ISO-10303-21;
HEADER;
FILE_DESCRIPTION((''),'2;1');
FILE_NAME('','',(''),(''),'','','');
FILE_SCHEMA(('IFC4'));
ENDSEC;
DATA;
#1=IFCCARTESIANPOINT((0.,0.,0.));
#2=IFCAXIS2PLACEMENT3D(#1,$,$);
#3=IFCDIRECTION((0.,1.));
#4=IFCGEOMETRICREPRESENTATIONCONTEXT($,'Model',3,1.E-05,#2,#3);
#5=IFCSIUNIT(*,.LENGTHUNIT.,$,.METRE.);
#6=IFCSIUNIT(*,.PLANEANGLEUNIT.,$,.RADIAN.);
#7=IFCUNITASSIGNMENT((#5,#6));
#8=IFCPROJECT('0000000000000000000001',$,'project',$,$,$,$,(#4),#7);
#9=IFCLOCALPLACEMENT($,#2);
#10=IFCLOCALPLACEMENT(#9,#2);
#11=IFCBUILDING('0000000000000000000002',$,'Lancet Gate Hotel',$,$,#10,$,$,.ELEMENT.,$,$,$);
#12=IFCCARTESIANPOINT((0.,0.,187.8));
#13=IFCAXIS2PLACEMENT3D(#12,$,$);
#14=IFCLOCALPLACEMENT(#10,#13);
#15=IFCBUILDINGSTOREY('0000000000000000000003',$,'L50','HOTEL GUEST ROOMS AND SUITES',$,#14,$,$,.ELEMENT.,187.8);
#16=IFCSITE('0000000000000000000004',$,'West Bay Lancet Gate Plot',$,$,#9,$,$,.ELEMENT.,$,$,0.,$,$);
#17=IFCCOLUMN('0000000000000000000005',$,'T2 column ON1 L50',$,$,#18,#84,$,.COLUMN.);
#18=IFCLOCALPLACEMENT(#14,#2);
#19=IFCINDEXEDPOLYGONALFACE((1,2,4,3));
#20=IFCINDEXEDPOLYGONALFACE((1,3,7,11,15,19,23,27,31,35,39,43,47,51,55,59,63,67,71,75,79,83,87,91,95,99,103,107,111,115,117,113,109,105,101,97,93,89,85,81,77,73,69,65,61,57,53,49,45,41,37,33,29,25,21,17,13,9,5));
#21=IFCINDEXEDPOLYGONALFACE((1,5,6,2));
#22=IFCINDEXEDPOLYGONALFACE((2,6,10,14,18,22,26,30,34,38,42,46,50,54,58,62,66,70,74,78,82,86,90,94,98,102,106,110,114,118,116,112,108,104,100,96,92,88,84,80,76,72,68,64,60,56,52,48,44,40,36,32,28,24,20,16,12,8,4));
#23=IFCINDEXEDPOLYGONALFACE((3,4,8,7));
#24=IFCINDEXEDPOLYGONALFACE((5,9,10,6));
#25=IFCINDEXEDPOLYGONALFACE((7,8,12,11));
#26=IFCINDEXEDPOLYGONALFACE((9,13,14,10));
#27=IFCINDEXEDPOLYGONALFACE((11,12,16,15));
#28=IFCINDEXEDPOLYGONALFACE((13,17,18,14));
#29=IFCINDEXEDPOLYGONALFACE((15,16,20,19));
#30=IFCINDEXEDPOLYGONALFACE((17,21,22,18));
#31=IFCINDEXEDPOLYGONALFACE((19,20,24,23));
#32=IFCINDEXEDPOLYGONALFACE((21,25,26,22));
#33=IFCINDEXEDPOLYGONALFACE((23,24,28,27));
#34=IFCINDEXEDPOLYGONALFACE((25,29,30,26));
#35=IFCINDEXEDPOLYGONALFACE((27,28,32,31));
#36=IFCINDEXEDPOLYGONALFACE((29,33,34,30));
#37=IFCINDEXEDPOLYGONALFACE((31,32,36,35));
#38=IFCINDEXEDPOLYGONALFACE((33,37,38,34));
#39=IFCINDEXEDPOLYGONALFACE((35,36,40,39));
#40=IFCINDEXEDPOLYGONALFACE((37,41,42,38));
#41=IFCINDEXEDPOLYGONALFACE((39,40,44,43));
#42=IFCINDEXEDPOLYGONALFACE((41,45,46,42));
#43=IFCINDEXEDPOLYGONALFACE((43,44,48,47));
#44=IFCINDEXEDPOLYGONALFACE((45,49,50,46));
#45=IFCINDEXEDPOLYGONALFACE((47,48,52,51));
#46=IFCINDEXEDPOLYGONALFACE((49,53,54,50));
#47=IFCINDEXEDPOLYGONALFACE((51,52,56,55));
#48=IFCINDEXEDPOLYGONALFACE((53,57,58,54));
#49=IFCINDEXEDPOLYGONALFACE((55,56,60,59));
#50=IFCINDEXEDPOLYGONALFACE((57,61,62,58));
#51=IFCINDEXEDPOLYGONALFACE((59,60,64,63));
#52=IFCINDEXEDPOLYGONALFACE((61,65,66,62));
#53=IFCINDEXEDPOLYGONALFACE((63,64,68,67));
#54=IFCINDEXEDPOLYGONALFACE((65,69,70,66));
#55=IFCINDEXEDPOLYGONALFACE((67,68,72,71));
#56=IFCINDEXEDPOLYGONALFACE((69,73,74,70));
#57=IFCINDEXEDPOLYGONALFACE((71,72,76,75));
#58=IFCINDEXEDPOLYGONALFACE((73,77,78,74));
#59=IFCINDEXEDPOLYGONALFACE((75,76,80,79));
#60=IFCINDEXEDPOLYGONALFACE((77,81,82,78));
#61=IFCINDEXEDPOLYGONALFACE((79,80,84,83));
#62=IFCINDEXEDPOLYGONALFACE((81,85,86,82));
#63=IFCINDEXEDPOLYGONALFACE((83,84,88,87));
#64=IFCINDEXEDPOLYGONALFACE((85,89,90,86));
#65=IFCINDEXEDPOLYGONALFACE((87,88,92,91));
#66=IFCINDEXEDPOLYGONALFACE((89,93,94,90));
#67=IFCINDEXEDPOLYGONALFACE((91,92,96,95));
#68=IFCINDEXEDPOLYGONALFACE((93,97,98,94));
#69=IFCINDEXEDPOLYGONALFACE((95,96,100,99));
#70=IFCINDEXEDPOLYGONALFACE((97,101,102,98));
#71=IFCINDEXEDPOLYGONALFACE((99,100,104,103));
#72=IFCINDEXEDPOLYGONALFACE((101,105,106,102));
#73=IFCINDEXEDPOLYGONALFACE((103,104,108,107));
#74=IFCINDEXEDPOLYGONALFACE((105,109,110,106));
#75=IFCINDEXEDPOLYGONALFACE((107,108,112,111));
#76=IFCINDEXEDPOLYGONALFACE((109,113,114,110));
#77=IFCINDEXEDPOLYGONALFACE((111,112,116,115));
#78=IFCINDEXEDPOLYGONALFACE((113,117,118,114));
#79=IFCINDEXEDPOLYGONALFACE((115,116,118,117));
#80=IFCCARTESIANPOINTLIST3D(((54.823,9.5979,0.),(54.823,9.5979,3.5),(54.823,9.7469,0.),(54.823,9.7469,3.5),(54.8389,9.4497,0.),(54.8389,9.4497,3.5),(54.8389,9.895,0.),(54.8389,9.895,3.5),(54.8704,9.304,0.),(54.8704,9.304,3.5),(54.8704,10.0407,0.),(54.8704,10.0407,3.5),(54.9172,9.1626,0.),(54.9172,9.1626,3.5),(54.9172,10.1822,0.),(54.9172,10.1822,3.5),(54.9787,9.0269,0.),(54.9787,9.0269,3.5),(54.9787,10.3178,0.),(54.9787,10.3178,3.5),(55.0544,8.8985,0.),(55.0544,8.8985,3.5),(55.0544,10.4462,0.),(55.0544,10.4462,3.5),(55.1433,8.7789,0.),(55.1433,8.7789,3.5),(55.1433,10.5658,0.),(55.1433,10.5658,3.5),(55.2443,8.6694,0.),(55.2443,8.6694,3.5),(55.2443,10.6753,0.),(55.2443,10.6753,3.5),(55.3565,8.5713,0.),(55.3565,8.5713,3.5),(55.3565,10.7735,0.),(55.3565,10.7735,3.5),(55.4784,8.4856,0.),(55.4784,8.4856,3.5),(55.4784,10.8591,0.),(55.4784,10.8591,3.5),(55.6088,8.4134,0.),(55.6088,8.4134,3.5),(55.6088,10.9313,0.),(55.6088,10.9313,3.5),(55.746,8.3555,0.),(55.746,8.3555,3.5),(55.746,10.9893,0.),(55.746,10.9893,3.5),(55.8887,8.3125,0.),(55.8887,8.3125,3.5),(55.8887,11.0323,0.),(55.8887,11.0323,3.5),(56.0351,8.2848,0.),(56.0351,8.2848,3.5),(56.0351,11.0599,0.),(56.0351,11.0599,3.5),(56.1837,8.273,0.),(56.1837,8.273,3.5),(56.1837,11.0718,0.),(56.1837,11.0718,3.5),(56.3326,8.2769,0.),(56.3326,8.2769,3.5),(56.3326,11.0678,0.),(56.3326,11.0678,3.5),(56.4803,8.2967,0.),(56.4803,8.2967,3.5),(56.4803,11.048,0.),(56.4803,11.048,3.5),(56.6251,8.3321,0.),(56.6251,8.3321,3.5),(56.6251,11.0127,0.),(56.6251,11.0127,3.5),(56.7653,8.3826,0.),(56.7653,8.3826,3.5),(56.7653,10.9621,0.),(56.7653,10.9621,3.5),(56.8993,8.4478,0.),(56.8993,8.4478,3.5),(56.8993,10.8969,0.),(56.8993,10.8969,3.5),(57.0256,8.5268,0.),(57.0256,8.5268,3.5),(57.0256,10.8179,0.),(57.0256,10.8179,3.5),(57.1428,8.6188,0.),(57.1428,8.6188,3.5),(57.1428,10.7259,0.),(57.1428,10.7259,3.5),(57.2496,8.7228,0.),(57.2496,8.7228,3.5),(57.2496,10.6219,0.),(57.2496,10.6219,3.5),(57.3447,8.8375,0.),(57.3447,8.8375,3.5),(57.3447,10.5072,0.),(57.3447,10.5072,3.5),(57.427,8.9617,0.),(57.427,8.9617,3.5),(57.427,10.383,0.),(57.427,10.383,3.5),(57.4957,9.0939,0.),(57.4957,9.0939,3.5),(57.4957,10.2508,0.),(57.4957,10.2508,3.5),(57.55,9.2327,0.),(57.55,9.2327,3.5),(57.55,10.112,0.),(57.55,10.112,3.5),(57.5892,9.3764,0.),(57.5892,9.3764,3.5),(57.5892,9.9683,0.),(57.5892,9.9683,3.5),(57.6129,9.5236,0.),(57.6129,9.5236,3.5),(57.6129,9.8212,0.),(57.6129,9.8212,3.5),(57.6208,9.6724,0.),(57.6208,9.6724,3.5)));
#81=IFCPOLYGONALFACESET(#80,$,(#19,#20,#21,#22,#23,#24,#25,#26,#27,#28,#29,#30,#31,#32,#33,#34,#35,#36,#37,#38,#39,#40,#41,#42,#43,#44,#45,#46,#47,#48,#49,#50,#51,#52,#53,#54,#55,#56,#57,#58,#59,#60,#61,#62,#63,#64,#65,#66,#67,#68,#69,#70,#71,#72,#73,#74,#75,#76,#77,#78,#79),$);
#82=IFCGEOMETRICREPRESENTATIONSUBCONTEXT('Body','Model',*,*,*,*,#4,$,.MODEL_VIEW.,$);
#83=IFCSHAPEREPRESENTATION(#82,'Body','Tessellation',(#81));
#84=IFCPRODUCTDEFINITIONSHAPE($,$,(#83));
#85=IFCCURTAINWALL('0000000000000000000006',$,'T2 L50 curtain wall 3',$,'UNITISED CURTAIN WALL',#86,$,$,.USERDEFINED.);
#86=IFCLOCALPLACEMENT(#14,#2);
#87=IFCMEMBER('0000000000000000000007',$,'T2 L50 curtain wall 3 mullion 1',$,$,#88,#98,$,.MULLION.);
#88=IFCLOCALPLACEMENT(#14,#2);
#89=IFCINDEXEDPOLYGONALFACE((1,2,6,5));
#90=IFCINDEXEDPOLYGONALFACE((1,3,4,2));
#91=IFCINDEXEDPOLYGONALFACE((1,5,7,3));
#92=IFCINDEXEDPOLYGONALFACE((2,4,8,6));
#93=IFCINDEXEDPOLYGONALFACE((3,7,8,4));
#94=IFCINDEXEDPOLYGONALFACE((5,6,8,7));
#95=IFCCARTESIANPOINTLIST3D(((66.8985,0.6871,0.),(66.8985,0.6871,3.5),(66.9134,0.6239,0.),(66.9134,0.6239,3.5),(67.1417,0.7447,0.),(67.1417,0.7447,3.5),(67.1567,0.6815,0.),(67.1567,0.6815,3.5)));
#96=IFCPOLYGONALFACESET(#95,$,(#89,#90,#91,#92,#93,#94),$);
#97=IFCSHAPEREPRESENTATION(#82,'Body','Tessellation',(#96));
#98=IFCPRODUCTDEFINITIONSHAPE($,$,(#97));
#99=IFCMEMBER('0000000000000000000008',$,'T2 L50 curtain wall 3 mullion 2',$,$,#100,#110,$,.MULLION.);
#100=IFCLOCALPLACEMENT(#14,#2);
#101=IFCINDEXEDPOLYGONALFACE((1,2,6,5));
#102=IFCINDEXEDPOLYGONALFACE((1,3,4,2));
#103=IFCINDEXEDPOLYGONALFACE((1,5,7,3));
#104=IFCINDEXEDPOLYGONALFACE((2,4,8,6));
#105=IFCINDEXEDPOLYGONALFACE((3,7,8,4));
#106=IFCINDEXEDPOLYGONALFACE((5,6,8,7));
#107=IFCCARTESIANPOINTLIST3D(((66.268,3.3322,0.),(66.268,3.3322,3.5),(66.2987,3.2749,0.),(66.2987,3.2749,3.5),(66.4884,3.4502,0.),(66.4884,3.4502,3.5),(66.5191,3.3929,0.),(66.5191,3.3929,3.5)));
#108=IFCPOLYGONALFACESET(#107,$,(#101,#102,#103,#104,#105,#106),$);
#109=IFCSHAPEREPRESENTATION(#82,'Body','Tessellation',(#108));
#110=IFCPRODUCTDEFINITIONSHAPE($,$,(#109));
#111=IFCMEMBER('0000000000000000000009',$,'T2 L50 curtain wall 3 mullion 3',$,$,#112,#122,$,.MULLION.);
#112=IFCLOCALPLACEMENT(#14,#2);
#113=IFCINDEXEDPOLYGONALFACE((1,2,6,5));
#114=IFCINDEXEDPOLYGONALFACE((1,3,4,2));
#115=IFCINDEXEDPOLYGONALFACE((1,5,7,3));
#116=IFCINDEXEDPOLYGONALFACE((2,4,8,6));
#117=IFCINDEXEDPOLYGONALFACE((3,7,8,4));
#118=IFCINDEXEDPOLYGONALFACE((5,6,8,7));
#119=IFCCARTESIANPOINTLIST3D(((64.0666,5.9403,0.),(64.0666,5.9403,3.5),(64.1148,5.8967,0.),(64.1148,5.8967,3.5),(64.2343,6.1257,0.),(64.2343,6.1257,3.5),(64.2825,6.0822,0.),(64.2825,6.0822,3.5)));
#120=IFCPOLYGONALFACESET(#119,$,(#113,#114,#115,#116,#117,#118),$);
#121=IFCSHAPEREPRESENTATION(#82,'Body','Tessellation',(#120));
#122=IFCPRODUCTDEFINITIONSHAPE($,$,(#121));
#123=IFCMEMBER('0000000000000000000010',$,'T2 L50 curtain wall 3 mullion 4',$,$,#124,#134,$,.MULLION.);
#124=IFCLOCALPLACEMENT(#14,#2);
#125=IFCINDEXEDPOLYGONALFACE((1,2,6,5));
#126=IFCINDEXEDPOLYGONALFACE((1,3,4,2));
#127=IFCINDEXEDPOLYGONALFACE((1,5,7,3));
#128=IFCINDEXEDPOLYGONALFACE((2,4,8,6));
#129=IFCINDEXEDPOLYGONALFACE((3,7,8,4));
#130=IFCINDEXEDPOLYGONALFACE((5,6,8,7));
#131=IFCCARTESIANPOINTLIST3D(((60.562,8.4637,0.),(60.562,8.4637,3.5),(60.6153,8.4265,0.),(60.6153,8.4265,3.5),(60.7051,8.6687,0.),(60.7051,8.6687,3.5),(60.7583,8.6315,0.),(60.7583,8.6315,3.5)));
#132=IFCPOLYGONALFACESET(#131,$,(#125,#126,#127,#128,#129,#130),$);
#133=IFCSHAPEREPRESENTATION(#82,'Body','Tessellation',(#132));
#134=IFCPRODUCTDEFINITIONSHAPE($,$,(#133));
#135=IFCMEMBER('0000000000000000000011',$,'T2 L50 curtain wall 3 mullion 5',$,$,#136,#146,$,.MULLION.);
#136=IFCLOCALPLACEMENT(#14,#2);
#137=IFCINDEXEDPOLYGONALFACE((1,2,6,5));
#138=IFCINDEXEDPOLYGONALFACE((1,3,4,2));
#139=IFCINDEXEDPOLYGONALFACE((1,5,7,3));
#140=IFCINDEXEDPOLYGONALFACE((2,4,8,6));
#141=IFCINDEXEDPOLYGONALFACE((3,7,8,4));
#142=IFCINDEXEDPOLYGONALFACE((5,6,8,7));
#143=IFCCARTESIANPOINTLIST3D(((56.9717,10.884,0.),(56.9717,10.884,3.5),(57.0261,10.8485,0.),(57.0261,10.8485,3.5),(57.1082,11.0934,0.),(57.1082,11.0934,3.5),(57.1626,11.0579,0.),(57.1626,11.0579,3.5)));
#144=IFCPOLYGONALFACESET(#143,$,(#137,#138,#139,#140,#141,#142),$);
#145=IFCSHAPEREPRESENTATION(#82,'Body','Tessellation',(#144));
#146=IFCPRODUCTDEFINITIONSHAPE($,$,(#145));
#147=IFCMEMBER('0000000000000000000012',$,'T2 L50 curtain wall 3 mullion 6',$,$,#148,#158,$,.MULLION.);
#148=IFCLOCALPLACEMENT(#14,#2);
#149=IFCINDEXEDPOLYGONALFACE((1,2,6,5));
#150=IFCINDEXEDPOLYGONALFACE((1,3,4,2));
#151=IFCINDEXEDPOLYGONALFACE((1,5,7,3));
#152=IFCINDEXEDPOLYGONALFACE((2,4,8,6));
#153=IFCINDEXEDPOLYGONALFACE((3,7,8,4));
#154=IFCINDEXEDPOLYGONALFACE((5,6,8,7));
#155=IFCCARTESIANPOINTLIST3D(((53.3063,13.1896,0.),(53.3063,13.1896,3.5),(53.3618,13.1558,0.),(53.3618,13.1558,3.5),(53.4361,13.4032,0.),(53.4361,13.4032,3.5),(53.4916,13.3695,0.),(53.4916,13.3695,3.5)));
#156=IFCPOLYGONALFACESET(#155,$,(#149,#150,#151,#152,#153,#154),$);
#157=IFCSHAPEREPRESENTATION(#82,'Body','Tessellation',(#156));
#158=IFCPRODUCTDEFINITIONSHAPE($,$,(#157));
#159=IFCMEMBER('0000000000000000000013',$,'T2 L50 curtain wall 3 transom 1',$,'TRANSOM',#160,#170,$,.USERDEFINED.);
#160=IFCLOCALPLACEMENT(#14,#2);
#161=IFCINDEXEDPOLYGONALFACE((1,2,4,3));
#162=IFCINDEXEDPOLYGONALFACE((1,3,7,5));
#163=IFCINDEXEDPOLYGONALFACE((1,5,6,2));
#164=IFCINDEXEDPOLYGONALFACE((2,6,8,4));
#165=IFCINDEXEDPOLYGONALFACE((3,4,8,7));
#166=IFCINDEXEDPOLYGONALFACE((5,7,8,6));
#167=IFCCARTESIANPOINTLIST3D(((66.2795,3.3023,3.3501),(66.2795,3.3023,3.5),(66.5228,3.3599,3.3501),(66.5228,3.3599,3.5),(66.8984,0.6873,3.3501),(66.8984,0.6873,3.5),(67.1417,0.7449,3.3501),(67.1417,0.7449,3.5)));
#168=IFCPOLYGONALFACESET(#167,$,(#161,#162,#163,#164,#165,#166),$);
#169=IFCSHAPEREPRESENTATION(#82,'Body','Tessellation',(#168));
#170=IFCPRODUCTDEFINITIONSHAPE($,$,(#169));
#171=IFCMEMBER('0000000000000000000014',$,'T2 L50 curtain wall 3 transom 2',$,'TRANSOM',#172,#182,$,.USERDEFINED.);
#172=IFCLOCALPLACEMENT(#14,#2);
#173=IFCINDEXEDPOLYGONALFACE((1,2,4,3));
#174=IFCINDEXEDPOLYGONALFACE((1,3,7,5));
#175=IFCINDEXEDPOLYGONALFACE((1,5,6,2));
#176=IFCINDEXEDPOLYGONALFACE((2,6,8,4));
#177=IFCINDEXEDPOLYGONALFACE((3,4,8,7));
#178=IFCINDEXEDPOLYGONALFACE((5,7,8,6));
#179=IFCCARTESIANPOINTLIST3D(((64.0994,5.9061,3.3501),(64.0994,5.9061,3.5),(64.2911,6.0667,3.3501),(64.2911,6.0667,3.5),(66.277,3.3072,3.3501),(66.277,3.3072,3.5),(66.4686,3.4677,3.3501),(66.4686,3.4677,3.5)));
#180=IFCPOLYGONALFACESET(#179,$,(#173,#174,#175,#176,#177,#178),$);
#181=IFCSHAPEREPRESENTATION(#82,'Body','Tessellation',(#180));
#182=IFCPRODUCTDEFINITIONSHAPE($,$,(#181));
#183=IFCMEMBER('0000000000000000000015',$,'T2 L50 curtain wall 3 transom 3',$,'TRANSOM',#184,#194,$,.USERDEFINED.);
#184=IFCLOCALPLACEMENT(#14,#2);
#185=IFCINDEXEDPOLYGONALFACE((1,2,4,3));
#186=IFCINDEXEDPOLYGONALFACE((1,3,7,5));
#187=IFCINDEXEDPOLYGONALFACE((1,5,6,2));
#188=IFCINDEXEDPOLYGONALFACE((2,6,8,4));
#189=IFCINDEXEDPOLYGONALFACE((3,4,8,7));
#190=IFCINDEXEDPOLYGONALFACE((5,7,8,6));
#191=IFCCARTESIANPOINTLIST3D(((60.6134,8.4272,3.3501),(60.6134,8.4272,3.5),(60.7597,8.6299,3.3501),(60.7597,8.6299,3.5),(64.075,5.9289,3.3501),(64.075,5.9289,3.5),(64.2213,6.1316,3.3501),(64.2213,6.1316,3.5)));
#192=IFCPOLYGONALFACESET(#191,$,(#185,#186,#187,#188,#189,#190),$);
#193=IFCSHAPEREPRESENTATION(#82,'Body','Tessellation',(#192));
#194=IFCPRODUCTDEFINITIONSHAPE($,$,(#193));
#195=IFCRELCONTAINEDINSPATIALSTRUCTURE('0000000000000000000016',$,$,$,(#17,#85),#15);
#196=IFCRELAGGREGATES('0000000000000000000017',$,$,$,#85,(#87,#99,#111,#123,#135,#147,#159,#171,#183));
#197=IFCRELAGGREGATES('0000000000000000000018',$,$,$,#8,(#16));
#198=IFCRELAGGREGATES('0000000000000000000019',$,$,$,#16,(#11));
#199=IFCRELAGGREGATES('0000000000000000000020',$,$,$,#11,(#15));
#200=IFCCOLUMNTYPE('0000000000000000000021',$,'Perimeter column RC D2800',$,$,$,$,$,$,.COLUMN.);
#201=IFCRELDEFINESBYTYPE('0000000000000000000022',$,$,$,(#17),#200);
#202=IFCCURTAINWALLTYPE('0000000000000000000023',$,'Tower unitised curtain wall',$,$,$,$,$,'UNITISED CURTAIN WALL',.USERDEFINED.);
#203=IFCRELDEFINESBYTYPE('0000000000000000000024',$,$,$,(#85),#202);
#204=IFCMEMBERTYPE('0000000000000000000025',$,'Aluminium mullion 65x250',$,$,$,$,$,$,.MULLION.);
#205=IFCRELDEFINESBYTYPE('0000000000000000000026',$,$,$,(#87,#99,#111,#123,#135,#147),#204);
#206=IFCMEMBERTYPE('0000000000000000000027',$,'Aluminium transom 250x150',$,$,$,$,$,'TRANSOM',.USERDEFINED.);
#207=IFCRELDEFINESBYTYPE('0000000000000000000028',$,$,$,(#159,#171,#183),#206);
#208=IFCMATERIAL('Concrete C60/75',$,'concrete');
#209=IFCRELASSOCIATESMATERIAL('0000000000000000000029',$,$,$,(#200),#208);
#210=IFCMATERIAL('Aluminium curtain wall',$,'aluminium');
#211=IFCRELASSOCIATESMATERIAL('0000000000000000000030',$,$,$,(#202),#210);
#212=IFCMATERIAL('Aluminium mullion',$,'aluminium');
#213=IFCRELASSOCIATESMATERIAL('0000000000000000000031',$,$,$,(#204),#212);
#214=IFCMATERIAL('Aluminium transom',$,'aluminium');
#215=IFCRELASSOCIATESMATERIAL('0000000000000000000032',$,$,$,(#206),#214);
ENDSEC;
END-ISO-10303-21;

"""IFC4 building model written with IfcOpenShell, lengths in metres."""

from ifc_helpers import new_model, si_unit, direction, frame, origin, origin_2d, place, context, subcontext, project, spatial, rectangle, circle, extrude, material, material_profile, profile_set, type_object, element, aggregate, save


model = new_model("IFC4")

# Units and contexts
model_context = context("Model", 3, precision=1e-05, world=origin(), true_north=direction((0.0, 1.0)))
body_context = subcontext(model_context, "Body", "Model", "MODEL_VIEW")
ifc_project = project(units=[si_unit("LENGTHUNIT", "METRE"), si_unit("PLANEANGLEUNIT", "RADIAN")], contexts=[model_context])

# Site, building, storey
site_placement = place(None, origin())
site = spatial("IfcSite", under=ifc_project, at=site_placement, Name="West Bay Lancet Gate Plot", CompositionType="ELEMENT", RefElevation=0.0)
building_placement = place(site_placement, origin())
building = spatial("IfcBuilding", under=site, at=building_placement, Name="Lancet Gate Hotel", CompositionType="ELEMENT")
storey_placement = place(building_placement, frame((0.0, 0.0, 187.8)))
storey = spatial("IfcBuildingStorey", under=building, at=storey_placement, Name="L50", Description="HOTEL GUEST ROOMS AND SUITES", CompositionType="ELEMENT", Elevation=187.8)

# Column
ifc_material_1 = material(Name="Concrete C60/75", Category="concrete")
ifc_material_profile_1 = material_profile(ifc_material_1, circle(Radius=1.3999, at=origin_2d()), Name="RC D2800")
ifc_profile_set_1 = profile_set([ifc_material_profile_1], Name="Concrete C60/75")
column_type = type_object("IfcColumnType", Name="Perimeter column RC D2800", PredefinedType="COLUMN", material=ifc_profile_set_1)
column_placement = place(storey_placement, frame((56.2209, 9.6724, 0.0), z_axis=(0.0, 0.0, 1.0), x_axis=(1.0, 0.0, 0.0)))
element("IfcColumn", 1, at=column_placement, inside=storey, type_object=column_type, Name="T2 column ON1 L50", PredefinedType="COLUMN", context=body_context, shape_type="SweptSolid", body=[
    extrude(circle(Radius=1.3999, at=origin_2d()), origin(), (0.0, 0.0, 1.0), 3.5),
])

# Curtain wall, members
ifc_material_2 = material(Name="Aluminium curtain wall", Category="aluminium")
curtain_wall_type = type_object("IfcCurtainWallType", Name="Tower unitised curtain wall", ElementType="UNITISED CURTAIN WALL", PredefinedType="USERDEFINED", material=ifc_material_2)
curtain_wall_placement = place(storey_placement, origin())
curtain_wall = element("IfcCurtainWall", 2, at=curtain_wall_placement, inside=storey, type_object=curtain_wall_type, Name="T2 L50 curtain wall 3", ObjectType="UNITISED CURTAIN WALL", PredefinedType="USERDEFINED")
ifc_material_3 = material(Name="Aluminium mullion", Category="aluminium")
ifc_material_profile_2 = material_profile(ifc_material_3, rectangle(XDim=0.0649, YDim=0.25, at=origin_2d()), Name="MULLION 65x250")
ifc_profile_set_2 = profile_set([ifc_material_profile_2], Name="Aluminium mullion")
member_type_1 = type_object("IfcMemberType", Name="Aluminium mullion 65x250", PredefinedType="MULLION", material=ifc_profile_set_2)
member_1_placement = place(storey_placement, frame((67.0276, 0.6843, 0.0), z_axis=(0.0, 0.0, 1.0), x_axis=(-0.230367, 0.973104, 0.0)))
member_1 = element("IfcMember", 3, at=member_1_placement, type_object=member_type_1, Name="T2 L50 curtain wall 3 mullion 1", PredefinedType="MULLION", context=body_context, shape_type="SweptSolid", body=[
    extrude(rectangle(XDim=0.0649, YDim=0.25, at=origin_2d()), origin(), (0.0, 0.0, 1.0), 3.5),
])
member_2_placement = place(storey_placement, frame((66.3936, 3.3625, 0.0), z_axis=(0.0, 0.0, 1.0), x_axis=(-0.472146, 0.88152, 0.0)))
member_2 = element("IfcMember", 4, at=member_2_placement, type_object=member_type_1, Name="T2 L50 curtain wall 3 mullion 2", PredefinedType="MULLION", context=body_context, shape_type="SweptSolid", body=[
    extrude(rectangle(XDim=0.0649, YDim=0.25, at=origin_2d()), origin(), (0.0, 0.0, 1.0), 3.5),
])
member_3_placement = place(storey_placement, frame((64.1746, 6.0112, 0.0), z_axis=(0.0, 0.0, 1.0), x_axis=(-0.741693, 0.670739, 0.0)))
member_3 = element("IfcMember", 5, at=member_3_placement, type_object=member_type_1, Name="T2 L50 curtain wall 3 mullion 3", PredefinedType="MULLION", context=body_context, shape_type="SweptSolid", body=[
    extrude(rectangle(XDim=0.0649, YDim=0.25, at=origin_2d()), origin(), (0.0, 0.0, 1.0), 3.5),
])
member_4_placement = place(storey_placement, frame((60.6602, 8.5476, 0.0), z_axis=(0.0, 0.0, 1.0), x_axis=(-0.820068, 0.572266, 0.0)))
member_4 = element("IfcMember", 6, at=member_4_placement, type_object=member_type_1, Name="T2 L50 curtain wall 3 mullion 4", PredefinedType="MULLION", context=body_context, shape_type="SweptSolid", body=[
    extrude(rectangle(XDim=0.0649, YDim=0.25, at=origin_2d()), origin(), (0.0, 0.0, 1.0), 3.5),
])
member_5_placement = place(storey_placement, frame((57.0671, 10.9709, 0.0), z_axis=(0.0, 0.0, 1.0), x_axis=(-0.837801, 0.545976, 0.0)))
member_5 = element("IfcMember", 7, at=member_5_placement, type_object=member_type_1, Name="T2 L50 curtain wall 3 mullion 5", PredefinedType="MULLION", context=body_context, shape_type="SweptSolid", body=[
    extrude(rectangle(XDim=0.0649, YDim=0.25, at=origin_2d()), origin(), (0.0, 0.0, 1.0), 3.5),
])
member_6_placement = place(storey_placement, frame((53.3989, 13.2795, 0.0), z_axis=(0.0, 0.0, 1.0), x_axis=(-0.854691, 0.519137, 0.0)))
member_6 = element("IfcMember", 8, at=member_6_placement, type_object=member_type_1, Name="T2 L50 curtain wall 3 mullion 6", PredefinedType="MULLION", context=body_context, shape_type="SweptSolid", body=[
    extrude(rectangle(XDim=0.0649, YDim=0.25, at=origin_2d()), origin(), (0.0, 0.0, 1.0), 3.5),
])
ifc_material_4 = material(Name="Aluminium transom", Category="aluminium")
ifc_material_profile_3 = material_profile(ifc_material_4, rectangle(XDim=0.25, YDim=0.1499, at=origin_2d()), Name="TRANSOM 250x150")
ifc_profile_set_3 = profile_set([ifc_material_profile_3], Name="Aluminium transom")
member_type_2 = type_object("IfcMemberType", Name="Aluminium transom 250x150", ElementType="TRANSOM", PredefinedType="USERDEFINED", material=ifc_profile_set_3)
member_7_placement = place(storey_placement, frame((67.02, 0.7161, 3.425), z_axis=(-0.23031, 0.973117, 0.0), x_axis=(-0.973117, -0.23031, 0.0)))
member_7 = element("IfcMember", 9, at=member_7_placement, type_object=member_type_2, Name="T2 L50 curtain wall 3 transom 1", ObjectType="TRANSOM", PredefinedType="USERDEFINED", context=body_context, shape_type="SweptSolid", body=[
    extrude(rectangle(XDim=0.25, YDim=0.1499, at=origin_2d()), origin(), (0.0, 0.0, 1.0), 2.6873),
])
member_8_placement = place(storey_placement, frame((66.3728, 3.3875, 3.425), z_axis=(-0.642229, 0.766513, 0.0), x_axis=(-0.766513, -0.642229, 0.0)))
member_8 = element("IfcMember", 10, at=member_8_placement, type_object=member_type_2, Name="T2 L50 curtain wall 3 transom 2", ObjectType="TRANSOM", PredefinedType="USERDEFINED", context=body_context, shape_type="SweptSolid", body=[
    extrude(rectangle(XDim=0.25, YDim=0.1499, at=origin_2d()), origin(), (0.0, 0.0, 1.0), 3.3906),
])
member_9_placement = place(storey_placement, frame((64.1482, 6.0303, 3.425), z_axis=(-0.81088, 0.585213, 0.0), x_axis=(-0.585213, -0.81088, 0.0)))
member_9 = element("IfcMember", 11, at=member_9_placement, type_object=member_type_2, Name="T2 L50 curtain wall 3 transom 3", ObjectType="TRANSOM", PredefinedType="USERDEFINED", context=body_context, shape_type="SweptSolid", body=[
    extrude(rectangle(XDim=0.25, YDim=0.1499, at=origin_2d()), origin(), (0.0, 0.0, 1.0), 4.269),
])

aggregate(curtain_wall, [member_1, member_2, member_3, member_4, member_5, member_6, member_7, member_8, member_9])

save(model, "model.ifc")
